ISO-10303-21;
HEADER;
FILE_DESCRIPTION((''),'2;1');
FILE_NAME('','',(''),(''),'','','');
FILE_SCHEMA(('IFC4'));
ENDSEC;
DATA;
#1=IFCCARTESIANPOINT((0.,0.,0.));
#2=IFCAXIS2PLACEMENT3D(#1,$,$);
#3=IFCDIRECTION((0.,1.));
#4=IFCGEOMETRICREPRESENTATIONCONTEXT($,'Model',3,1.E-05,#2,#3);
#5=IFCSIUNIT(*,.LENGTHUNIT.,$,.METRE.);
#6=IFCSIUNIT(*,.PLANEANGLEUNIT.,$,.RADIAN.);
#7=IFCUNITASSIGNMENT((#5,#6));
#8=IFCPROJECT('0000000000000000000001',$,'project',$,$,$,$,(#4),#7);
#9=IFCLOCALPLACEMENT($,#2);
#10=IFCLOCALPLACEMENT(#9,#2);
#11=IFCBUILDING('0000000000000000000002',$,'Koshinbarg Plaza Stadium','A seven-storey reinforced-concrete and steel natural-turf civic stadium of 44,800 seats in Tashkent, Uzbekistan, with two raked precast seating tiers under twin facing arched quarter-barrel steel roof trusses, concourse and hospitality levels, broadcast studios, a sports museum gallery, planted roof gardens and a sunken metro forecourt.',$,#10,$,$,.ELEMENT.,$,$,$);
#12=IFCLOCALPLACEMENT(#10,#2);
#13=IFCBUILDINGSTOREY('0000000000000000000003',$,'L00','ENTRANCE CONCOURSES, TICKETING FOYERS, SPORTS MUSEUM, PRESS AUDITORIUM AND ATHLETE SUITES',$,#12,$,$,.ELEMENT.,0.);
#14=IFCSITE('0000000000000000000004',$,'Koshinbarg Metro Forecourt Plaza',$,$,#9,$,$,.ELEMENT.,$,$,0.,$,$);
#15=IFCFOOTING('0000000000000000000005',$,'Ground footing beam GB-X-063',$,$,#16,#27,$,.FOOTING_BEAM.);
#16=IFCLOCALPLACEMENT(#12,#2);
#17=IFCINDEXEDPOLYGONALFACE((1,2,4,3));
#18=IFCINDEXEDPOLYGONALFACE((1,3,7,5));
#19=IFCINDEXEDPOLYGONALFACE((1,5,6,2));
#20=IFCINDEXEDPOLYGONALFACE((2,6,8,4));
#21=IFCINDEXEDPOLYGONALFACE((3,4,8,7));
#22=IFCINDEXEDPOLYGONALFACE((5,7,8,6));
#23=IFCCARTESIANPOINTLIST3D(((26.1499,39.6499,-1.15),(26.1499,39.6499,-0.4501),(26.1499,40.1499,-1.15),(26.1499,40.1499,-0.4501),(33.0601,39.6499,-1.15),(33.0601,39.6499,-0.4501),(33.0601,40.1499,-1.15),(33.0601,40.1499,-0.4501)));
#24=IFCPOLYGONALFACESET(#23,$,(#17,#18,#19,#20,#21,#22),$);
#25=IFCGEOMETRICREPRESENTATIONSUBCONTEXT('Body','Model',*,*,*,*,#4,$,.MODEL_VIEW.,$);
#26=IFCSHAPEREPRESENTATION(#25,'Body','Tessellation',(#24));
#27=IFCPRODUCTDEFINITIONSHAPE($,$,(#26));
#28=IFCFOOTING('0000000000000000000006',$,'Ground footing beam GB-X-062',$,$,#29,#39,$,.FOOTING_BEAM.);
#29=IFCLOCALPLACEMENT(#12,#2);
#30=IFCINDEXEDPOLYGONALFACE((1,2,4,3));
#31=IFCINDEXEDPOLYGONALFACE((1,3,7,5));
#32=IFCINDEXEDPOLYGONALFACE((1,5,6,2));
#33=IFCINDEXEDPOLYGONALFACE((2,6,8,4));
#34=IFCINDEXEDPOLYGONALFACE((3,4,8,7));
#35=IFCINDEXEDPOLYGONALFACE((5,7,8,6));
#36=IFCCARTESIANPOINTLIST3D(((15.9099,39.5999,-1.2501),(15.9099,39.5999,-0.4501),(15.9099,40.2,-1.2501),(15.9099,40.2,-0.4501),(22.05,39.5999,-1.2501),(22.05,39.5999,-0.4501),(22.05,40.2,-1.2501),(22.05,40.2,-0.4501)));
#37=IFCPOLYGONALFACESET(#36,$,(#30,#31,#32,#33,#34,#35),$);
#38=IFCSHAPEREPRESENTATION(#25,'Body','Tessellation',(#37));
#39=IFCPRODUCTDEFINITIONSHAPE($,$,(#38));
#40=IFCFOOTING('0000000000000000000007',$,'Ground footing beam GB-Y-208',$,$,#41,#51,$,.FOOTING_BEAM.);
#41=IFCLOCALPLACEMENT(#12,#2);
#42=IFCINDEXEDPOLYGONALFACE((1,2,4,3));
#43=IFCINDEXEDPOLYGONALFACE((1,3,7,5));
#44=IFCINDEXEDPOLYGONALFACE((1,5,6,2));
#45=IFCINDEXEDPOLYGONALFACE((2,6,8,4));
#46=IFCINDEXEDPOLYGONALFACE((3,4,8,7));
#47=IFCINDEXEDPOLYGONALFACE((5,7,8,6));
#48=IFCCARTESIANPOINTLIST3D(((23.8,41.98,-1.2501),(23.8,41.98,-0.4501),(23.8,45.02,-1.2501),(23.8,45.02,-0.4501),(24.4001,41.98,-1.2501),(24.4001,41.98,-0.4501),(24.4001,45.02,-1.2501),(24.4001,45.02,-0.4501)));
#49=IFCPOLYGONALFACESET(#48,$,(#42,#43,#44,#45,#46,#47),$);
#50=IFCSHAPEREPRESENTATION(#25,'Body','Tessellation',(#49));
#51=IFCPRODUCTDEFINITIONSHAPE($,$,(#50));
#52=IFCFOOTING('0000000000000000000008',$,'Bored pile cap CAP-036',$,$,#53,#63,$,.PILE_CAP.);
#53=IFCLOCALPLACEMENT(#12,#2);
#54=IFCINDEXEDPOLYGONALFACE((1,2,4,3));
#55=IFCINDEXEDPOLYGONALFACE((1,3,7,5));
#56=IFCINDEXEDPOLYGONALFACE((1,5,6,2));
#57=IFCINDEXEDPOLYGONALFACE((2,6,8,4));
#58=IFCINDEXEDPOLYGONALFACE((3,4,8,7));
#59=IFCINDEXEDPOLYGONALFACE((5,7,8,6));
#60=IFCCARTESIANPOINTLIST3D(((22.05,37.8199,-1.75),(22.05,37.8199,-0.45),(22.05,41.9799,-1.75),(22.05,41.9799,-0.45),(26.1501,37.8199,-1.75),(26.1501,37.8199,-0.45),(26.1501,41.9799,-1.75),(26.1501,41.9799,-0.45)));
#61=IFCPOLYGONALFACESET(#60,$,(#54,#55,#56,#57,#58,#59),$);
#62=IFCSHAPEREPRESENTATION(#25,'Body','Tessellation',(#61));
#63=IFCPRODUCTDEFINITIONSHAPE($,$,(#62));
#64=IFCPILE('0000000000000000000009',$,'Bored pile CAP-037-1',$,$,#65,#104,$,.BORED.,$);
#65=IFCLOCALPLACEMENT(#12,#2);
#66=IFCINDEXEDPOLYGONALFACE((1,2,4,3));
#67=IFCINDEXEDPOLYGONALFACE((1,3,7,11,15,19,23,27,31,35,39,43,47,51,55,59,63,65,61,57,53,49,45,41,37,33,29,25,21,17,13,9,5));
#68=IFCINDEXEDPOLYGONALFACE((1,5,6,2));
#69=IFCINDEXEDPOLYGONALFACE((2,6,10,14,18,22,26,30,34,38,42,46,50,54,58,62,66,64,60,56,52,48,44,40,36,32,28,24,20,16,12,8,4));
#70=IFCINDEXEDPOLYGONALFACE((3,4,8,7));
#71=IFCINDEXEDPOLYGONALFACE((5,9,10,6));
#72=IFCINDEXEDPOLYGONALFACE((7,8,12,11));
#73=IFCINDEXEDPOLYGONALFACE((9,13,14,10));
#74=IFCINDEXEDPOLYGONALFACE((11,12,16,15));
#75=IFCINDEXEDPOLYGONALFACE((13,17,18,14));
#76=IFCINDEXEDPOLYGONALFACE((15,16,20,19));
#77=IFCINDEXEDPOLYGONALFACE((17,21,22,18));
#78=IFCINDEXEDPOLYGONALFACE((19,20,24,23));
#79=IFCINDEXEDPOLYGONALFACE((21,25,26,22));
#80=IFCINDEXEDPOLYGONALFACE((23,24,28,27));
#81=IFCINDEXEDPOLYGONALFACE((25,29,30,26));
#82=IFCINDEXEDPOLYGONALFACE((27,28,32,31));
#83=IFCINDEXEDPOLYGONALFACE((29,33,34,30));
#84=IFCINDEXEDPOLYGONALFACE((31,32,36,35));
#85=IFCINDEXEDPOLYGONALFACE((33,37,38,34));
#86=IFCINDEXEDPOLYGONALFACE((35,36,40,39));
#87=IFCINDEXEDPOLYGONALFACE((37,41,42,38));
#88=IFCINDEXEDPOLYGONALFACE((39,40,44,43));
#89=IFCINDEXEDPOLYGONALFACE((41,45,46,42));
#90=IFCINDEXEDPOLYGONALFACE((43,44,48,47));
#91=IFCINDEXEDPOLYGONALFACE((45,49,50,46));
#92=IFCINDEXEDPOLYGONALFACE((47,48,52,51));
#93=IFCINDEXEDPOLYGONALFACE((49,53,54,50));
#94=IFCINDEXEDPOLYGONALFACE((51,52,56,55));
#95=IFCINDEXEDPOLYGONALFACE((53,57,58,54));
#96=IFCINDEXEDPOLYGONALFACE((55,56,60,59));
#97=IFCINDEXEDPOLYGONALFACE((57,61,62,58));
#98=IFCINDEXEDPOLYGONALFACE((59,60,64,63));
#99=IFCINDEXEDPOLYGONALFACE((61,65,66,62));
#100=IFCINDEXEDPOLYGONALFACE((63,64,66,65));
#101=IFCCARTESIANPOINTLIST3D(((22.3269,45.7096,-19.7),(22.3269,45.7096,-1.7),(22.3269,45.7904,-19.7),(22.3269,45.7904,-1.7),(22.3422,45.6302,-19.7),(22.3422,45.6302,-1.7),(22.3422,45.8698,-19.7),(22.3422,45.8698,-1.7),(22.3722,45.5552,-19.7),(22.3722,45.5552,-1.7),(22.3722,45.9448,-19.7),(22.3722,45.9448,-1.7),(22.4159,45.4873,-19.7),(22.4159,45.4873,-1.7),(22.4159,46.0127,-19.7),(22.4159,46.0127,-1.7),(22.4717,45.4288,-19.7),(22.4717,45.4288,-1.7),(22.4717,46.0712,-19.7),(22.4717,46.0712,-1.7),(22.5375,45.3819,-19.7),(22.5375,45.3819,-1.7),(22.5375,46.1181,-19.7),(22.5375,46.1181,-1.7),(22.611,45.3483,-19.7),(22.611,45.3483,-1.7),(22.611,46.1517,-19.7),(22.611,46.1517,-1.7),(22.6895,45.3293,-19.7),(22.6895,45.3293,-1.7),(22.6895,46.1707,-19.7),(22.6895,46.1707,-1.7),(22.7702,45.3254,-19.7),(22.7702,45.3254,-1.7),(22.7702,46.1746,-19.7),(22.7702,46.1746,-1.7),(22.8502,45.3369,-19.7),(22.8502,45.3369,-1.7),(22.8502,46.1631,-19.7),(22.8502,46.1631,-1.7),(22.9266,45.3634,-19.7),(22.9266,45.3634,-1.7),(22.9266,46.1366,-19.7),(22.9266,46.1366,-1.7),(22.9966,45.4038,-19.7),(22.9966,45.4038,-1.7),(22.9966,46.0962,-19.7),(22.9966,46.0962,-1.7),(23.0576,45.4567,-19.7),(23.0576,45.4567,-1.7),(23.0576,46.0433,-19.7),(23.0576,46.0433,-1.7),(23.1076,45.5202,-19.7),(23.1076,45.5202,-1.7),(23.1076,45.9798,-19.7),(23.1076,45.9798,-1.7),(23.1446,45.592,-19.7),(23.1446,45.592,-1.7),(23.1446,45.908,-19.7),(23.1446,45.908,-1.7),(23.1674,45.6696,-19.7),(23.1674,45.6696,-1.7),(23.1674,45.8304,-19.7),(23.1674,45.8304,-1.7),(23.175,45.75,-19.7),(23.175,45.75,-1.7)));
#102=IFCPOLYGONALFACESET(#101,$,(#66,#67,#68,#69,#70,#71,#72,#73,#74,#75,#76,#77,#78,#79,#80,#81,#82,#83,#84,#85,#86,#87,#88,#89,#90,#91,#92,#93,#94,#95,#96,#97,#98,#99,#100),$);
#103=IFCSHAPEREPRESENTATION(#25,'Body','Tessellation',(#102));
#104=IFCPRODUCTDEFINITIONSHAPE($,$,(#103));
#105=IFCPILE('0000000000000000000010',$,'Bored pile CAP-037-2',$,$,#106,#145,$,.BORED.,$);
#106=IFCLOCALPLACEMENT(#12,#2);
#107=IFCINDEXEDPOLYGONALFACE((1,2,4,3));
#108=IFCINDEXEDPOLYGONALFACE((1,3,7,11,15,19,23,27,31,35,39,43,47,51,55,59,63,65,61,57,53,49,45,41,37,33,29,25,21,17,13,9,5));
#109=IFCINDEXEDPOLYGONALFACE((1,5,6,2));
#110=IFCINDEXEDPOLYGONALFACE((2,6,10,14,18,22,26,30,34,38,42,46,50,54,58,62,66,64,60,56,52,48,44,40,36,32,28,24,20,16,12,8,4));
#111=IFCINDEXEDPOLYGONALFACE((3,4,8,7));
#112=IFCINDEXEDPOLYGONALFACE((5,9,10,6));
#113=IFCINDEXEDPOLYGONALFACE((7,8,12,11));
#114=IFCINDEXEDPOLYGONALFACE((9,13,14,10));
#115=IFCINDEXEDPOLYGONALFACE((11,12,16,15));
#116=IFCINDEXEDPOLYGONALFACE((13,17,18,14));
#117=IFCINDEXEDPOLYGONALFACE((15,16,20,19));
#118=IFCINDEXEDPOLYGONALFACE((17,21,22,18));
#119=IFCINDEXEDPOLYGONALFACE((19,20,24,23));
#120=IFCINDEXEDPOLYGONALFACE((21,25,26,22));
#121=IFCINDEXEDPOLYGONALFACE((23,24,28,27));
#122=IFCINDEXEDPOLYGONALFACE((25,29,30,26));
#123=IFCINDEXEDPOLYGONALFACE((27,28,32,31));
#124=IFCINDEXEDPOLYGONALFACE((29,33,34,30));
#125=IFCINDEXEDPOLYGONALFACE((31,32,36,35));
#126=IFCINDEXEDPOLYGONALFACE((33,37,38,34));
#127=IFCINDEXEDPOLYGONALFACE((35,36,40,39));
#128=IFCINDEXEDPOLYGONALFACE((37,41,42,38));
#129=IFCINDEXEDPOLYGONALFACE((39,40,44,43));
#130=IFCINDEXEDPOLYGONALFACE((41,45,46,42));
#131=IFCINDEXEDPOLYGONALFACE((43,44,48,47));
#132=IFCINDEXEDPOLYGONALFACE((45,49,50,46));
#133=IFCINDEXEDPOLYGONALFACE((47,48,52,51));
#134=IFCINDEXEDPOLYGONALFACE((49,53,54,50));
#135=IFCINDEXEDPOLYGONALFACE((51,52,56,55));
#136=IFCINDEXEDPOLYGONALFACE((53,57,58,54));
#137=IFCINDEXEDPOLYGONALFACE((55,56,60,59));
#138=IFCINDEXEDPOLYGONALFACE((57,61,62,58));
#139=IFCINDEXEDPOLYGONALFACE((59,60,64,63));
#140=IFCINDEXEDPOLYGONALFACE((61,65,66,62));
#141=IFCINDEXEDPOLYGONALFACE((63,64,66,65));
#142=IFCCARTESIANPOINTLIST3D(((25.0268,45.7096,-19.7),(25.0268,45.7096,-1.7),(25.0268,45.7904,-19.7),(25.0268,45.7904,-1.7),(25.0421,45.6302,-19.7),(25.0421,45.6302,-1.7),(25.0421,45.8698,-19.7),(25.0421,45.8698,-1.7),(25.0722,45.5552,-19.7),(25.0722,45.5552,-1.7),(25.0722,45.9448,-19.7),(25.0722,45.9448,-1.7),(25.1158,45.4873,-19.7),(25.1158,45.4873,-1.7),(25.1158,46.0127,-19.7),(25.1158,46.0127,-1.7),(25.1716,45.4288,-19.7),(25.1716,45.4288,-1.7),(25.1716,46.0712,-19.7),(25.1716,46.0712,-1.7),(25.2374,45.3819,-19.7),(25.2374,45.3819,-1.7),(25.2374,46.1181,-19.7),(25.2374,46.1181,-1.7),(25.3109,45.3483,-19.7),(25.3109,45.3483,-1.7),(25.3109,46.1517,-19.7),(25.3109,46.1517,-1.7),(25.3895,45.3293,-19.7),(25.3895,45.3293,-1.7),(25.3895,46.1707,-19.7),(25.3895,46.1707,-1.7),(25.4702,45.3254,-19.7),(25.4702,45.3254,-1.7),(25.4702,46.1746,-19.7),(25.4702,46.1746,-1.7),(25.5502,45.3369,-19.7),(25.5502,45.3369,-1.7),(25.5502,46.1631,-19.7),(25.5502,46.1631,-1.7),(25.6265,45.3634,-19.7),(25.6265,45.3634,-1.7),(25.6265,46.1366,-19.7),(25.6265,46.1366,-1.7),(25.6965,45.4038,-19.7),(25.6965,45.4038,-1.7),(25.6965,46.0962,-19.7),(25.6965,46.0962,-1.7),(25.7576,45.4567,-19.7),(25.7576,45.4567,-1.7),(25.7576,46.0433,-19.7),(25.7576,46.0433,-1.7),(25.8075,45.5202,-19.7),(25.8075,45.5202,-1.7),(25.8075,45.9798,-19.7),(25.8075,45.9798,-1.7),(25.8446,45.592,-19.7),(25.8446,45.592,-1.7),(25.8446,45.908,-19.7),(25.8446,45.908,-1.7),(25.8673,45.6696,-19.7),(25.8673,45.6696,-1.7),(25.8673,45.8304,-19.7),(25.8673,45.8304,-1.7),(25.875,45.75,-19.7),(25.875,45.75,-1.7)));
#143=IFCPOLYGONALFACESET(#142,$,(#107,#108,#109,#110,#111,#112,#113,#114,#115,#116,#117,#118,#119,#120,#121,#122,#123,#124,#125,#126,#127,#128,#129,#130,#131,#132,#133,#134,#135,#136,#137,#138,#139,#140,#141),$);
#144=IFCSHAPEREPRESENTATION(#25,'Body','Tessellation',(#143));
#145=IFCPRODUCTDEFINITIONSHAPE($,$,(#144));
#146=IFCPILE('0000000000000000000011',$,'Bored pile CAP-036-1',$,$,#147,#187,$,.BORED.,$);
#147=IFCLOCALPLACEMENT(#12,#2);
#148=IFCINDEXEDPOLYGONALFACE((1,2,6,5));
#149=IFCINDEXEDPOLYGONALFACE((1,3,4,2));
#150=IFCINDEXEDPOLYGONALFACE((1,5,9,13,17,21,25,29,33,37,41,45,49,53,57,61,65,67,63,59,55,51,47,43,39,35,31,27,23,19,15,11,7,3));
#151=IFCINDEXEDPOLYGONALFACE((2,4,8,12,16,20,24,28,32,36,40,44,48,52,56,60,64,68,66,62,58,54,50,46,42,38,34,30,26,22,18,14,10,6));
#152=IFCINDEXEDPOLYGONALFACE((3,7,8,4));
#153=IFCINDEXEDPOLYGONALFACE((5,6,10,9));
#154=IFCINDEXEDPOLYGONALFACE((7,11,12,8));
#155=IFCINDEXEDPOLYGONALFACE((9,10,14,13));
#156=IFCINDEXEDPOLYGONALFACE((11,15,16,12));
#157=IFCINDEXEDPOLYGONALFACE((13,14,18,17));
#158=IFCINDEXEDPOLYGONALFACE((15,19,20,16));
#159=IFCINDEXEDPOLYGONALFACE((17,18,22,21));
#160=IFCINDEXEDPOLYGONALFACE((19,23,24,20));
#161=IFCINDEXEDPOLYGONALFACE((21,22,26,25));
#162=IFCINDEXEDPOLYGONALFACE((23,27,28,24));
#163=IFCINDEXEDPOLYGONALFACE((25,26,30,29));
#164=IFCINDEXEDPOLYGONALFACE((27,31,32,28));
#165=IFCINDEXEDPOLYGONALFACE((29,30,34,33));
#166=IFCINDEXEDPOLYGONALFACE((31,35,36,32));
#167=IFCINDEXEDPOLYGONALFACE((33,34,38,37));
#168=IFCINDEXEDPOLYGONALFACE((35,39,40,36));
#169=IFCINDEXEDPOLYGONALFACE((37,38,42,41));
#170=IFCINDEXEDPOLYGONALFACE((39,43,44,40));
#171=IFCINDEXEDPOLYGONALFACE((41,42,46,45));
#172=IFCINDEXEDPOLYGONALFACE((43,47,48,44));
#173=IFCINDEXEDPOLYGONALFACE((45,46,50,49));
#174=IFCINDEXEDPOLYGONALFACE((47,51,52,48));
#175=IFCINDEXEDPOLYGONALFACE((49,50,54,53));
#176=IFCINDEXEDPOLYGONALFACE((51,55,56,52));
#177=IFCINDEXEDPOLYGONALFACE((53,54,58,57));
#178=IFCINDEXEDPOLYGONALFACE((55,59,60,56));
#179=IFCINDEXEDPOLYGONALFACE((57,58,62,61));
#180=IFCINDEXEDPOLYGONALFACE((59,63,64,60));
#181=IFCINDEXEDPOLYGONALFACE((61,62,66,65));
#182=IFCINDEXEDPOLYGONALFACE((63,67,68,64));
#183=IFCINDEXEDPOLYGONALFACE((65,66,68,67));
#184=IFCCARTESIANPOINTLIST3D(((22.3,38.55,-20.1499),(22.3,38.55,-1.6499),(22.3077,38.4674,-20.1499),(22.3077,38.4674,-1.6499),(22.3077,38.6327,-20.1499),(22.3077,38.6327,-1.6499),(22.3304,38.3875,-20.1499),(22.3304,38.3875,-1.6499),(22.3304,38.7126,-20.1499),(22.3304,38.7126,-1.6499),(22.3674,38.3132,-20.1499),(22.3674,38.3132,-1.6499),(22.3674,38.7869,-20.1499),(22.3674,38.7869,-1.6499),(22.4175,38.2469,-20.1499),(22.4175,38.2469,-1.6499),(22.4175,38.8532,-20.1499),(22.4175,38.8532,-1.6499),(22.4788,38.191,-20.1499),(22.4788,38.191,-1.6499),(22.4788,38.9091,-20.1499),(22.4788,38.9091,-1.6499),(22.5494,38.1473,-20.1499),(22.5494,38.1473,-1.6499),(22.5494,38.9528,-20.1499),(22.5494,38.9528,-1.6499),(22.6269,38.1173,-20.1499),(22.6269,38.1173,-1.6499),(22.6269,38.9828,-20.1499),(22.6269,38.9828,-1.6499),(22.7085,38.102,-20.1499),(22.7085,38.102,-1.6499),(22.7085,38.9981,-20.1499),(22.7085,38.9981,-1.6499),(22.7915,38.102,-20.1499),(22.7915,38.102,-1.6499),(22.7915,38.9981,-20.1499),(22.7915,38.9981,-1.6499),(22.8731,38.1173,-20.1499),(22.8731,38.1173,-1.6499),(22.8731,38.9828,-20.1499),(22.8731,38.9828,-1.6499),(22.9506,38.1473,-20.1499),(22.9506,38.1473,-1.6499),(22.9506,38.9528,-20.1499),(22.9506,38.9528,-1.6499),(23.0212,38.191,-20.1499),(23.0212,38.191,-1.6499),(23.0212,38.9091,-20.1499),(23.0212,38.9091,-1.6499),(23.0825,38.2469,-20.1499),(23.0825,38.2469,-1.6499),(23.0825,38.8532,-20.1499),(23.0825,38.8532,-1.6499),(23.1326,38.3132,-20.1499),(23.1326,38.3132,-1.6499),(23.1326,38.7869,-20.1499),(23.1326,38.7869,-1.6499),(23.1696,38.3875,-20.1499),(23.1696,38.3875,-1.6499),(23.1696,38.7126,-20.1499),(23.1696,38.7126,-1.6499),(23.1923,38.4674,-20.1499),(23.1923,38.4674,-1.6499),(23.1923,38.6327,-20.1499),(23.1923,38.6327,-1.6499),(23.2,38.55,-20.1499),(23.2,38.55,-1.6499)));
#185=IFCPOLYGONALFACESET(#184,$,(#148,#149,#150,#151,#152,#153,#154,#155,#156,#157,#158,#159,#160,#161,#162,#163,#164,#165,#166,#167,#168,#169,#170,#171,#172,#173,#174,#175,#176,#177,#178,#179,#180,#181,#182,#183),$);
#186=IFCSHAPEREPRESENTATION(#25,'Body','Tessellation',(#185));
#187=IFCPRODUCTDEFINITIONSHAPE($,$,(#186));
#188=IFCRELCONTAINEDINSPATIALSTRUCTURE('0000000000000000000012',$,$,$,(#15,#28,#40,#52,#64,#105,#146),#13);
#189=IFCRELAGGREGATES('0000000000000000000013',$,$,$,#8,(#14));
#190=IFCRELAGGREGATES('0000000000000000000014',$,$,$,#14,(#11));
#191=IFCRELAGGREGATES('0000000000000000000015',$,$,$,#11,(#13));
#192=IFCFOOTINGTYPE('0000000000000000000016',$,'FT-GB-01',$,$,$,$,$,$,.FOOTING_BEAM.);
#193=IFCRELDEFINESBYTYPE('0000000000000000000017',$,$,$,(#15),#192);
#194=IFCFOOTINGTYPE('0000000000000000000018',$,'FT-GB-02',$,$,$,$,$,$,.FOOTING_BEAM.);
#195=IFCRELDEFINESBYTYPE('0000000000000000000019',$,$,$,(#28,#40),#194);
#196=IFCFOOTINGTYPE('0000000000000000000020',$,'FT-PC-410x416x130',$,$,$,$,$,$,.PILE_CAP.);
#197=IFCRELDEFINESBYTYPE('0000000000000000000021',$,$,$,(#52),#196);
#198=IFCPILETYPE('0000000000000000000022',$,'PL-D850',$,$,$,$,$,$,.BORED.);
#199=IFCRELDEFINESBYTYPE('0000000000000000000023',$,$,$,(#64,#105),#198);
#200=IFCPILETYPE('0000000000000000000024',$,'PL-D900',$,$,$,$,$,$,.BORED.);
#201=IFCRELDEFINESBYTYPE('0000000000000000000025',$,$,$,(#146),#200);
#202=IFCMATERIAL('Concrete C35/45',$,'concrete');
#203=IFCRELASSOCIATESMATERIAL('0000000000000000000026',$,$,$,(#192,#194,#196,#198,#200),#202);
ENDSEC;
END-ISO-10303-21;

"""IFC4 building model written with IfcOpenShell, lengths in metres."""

from ifc_helpers import new_model, si_unit, direction, frame, origin, origin_2d, place, context, subcontext, project, spatial, rectangle, circle, extrude, material, material_profile, profile_set, type_object, element, save


model = new_model("IFC4")

# Units and contexts
model_context = context("Model", 3, precision=1e-05, world=origin(), true_north=direction((0.0, 1.0)))
body_context = subcontext(model_context, "Body", "Model", "MODEL_VIEW")
ifc_project = project(units=[si_unit("LENGTHUNIT", "METRE"), si_unit("PLANEANGLEUNIT", "RADIAN")], contexts=[model_context])

# Site, building, storey
site_placement = place(None, origin())
site = spatial("IfcSite", under=ifc_project, at=site_placement, Name="Koshinbarg Metro Forecourt Plaza", CompositionType="ELEMENT", RefElevation=0.0)
building_placement = place(site_placement, origin())
building = spatial("IfcBuilding", under=site, at=building_placement, Name="Koshinbarg Plaza Stadium", Description="A seven-storey reinforced-concrete and steel natural-turf civic stadium of 44,800 seats in Tashkent, Uzbekistan, with two raked precast seating tiers under twin facing arched quarter-barrel steel roof trusses, concourse and hospitality levels, broadcast studios, a sports museum gallery, planted roof gardens and a sunken metro forecourt.", CompositionType="ELEMENT")
storey_placement = place(building_placement, origin())
storey = spatial("IfcBuildingStorey", under=building, at=storey_placement, Name="L00", Description="ENTRANCE CONCOURSES, TICKETING FOYERS, SPORTS MUSEUM, PRESS AUDITORIUM AND ATHLETE SUITES", CompositionType="ELEMENT", Elevation=0.0)

# Footings
ifc_material_1 = material(Name="Concrete C35/45", Category="concrete")
ifc_material_profile_1 = material_profile(ifc_material_1, rectangle(XDim=0.5, YDim=0.7, at=origin_2d()), Name="GB 500x700")
ifc_profile_set_1 = profile_set([ifc_material_profile_1], Name="Concrete C35/45")
footing_type_1 = type_object("IfcFootingType", Name="FT-GB-01", PredefinedType="FOOTING_BEAM", material=ifc_profile_set_1)
footing_1_placement = place(storey_placement, frame((26.1499, 39.8999, -0.8), z_axis=(1.0, 0.0, 0.0), x_axis=(0.0, 1.0, 0.0)))
element("IfcFooting", 1, at=footing_1_placement, inside=storey, type_object=footing_type_1, Name="Ground footing beam GB-X-063", PredefinedType="FOOTING_BEAM", context=body_context, shape_type="SweptSolid", body=[
    extrude(rectangle(XDim=0.5, YDim=0.7, at=origin_2d()), origin(), (0.0, 0.0, 1.0), 6.9102),
])
ifc_material_profile_2 = material_profile(ifc_material_1, rectangle(XDim=0.6001, YDim=0.8, at=origin_2d()), Name="GB 600x800")
ifc_profile_set_2 = profile_set([ifc_material_profile_2], Name="Concrete C35/45")
footing_type_2 = type_object("IfcFootingType", Name="FT-GB-02", PredefinedType="FOOTING_BEAM", material=ifc_profile_set_2)
footing_2_placement = place(storey_placement, frame((15.9099, 39.8999, -0.8501), z_axis=(1.0, 0.0, 0.0), x_axis=(0.0, 1.0, 0.0)))
element("IfcFooting", 2, at=footing_2_placement, inside=storey, type_object=footing_type_2, Name="Ground footing beam GB-X-062", PredefinedType="FOOTING_BEAM", context=body_context, shape_type="SweptSolid", body=[
    extrude(rectangle(XDim=0.6001, YDim=0.8, at=origin_2d()), origin(), (0.0, 0.0, 1.0), 6.1401),
])
footing_3_placement = place(storey_placement, frame((24.1001, 41.98, -0.8501), z_axis=(0.0, 1.0, 0.0), x_axis=(-1.0, 0.0, 0.0)))
element("IfcFooting", 3, at=footing_3_placement, inside=storey, type_object=footing_type_2, Name="Ground footing beam GB-Y-208", PredefinedType="FOOTING_BEAM", context=body_context, shape_type="SweptSolid", body=[
    extrude(rectangle(XDim=0.6001, YDim=0.8, at=origin_2d()), origin(), (0.0, 0.0, 1.0), 3.04),
])
footing_type_3 = type_object("IfcFootingType", Name="FT-PC-410x416x130", PredefinedType="PILE_CAP", material=ifc_material_1)
footing_4_placement = place(storey_placement, frame((24.1001, 39.8999, -1.75), z_axis=(0.0, 0.0, 1.0), x_axis=(1.0, 0.0, 0.0)))
element("IfcFooting", 4, at=footing_4_placement, inside=storey, type_object=footing_type_3, Name="Bored pile cap CAP-036", PredefinedType="PILE_CAP", context=body_context, shape_type="SweptSolid", body=[
    extrude(rectangle(XDim=4.1001, YDim=4.1599, at=origin_2d()), origin(), (0.0, 0.0, 1.0), 1.3),
])

# Piles
ifc_material_profile_3 = material_profile(ifc_material_1, circle(Radius=0.425, at=origin_2d()), Name="PILE D850")
ifc_profile_set_3 = profile_set([ifc_material_profile_3], Name="Concrete C35/45")
pile_type_1 = type_object("IfcPileType", Name="PL-D850", PredefinedType="BORED", material=ifc_profile_set_3)
for number, where, z_axis, x_axis, name in (
    (5, (22.75, 45.75, -1.7), (0.0, 0.0, -1.0), (1.0, 0.0, 0.0), "Bored pile CAP-037-1"),
    (6, (25.45, 45.75, -1.7), (0.0, 0.0, -1.0), (1.0, 0.0, 0.0), "Bored pile CAP-037-2"),
):
    element("IfcPile", number, at=place(storey_placement, frame(where, z_axis=z_axis, x_axis=x_axis)), inside=storey, type_object=pile_type_1, Name=name, PredefinedType="BORED", context=body_context, shape_type="SweptSolid", body=[
        extrude(circle(Radius=0.425, at=origin_2d()), origin(), (0.0, 0.0, 1.0), 18.0),
    ])
ifc_material_profile_4 = material_profile(ifc_material_1, circle(Radius=0.45, at=origin_2d()), Name="PILE D900")
ifc_profile_set_4 = profile_set([ifc_material_profile_4], Name="Concrete C35/45")
pile_type_2 = type_object("IfcPileType", Name="PL-D900", PredefinedType="BORED", material=ifc_profile_set_4)
for number, where, z_axis, x_axis, name in (
    (7, (22.75, 38.55, -1.6499), (0.0, 0.0, -1.0), (1.0, 0.0, 0.0), "Bored pile CAP-036-1"),
):
    element("IfcPile", number, at=place(storey_placement, frame(where, z_axis=z_axis, x_axis=x_axis)), inside=storey, type_object=pile_type_2, Name=name, PredefinedType="BORED", context=body_context, shape_type="SweptSolid", body=[
        extrude(circle(Radius=0.45, at=origin_2d()), origin(), (0.0, 0.0, 1.0), 18.5),
    ])

save(model, "model.ifc")
